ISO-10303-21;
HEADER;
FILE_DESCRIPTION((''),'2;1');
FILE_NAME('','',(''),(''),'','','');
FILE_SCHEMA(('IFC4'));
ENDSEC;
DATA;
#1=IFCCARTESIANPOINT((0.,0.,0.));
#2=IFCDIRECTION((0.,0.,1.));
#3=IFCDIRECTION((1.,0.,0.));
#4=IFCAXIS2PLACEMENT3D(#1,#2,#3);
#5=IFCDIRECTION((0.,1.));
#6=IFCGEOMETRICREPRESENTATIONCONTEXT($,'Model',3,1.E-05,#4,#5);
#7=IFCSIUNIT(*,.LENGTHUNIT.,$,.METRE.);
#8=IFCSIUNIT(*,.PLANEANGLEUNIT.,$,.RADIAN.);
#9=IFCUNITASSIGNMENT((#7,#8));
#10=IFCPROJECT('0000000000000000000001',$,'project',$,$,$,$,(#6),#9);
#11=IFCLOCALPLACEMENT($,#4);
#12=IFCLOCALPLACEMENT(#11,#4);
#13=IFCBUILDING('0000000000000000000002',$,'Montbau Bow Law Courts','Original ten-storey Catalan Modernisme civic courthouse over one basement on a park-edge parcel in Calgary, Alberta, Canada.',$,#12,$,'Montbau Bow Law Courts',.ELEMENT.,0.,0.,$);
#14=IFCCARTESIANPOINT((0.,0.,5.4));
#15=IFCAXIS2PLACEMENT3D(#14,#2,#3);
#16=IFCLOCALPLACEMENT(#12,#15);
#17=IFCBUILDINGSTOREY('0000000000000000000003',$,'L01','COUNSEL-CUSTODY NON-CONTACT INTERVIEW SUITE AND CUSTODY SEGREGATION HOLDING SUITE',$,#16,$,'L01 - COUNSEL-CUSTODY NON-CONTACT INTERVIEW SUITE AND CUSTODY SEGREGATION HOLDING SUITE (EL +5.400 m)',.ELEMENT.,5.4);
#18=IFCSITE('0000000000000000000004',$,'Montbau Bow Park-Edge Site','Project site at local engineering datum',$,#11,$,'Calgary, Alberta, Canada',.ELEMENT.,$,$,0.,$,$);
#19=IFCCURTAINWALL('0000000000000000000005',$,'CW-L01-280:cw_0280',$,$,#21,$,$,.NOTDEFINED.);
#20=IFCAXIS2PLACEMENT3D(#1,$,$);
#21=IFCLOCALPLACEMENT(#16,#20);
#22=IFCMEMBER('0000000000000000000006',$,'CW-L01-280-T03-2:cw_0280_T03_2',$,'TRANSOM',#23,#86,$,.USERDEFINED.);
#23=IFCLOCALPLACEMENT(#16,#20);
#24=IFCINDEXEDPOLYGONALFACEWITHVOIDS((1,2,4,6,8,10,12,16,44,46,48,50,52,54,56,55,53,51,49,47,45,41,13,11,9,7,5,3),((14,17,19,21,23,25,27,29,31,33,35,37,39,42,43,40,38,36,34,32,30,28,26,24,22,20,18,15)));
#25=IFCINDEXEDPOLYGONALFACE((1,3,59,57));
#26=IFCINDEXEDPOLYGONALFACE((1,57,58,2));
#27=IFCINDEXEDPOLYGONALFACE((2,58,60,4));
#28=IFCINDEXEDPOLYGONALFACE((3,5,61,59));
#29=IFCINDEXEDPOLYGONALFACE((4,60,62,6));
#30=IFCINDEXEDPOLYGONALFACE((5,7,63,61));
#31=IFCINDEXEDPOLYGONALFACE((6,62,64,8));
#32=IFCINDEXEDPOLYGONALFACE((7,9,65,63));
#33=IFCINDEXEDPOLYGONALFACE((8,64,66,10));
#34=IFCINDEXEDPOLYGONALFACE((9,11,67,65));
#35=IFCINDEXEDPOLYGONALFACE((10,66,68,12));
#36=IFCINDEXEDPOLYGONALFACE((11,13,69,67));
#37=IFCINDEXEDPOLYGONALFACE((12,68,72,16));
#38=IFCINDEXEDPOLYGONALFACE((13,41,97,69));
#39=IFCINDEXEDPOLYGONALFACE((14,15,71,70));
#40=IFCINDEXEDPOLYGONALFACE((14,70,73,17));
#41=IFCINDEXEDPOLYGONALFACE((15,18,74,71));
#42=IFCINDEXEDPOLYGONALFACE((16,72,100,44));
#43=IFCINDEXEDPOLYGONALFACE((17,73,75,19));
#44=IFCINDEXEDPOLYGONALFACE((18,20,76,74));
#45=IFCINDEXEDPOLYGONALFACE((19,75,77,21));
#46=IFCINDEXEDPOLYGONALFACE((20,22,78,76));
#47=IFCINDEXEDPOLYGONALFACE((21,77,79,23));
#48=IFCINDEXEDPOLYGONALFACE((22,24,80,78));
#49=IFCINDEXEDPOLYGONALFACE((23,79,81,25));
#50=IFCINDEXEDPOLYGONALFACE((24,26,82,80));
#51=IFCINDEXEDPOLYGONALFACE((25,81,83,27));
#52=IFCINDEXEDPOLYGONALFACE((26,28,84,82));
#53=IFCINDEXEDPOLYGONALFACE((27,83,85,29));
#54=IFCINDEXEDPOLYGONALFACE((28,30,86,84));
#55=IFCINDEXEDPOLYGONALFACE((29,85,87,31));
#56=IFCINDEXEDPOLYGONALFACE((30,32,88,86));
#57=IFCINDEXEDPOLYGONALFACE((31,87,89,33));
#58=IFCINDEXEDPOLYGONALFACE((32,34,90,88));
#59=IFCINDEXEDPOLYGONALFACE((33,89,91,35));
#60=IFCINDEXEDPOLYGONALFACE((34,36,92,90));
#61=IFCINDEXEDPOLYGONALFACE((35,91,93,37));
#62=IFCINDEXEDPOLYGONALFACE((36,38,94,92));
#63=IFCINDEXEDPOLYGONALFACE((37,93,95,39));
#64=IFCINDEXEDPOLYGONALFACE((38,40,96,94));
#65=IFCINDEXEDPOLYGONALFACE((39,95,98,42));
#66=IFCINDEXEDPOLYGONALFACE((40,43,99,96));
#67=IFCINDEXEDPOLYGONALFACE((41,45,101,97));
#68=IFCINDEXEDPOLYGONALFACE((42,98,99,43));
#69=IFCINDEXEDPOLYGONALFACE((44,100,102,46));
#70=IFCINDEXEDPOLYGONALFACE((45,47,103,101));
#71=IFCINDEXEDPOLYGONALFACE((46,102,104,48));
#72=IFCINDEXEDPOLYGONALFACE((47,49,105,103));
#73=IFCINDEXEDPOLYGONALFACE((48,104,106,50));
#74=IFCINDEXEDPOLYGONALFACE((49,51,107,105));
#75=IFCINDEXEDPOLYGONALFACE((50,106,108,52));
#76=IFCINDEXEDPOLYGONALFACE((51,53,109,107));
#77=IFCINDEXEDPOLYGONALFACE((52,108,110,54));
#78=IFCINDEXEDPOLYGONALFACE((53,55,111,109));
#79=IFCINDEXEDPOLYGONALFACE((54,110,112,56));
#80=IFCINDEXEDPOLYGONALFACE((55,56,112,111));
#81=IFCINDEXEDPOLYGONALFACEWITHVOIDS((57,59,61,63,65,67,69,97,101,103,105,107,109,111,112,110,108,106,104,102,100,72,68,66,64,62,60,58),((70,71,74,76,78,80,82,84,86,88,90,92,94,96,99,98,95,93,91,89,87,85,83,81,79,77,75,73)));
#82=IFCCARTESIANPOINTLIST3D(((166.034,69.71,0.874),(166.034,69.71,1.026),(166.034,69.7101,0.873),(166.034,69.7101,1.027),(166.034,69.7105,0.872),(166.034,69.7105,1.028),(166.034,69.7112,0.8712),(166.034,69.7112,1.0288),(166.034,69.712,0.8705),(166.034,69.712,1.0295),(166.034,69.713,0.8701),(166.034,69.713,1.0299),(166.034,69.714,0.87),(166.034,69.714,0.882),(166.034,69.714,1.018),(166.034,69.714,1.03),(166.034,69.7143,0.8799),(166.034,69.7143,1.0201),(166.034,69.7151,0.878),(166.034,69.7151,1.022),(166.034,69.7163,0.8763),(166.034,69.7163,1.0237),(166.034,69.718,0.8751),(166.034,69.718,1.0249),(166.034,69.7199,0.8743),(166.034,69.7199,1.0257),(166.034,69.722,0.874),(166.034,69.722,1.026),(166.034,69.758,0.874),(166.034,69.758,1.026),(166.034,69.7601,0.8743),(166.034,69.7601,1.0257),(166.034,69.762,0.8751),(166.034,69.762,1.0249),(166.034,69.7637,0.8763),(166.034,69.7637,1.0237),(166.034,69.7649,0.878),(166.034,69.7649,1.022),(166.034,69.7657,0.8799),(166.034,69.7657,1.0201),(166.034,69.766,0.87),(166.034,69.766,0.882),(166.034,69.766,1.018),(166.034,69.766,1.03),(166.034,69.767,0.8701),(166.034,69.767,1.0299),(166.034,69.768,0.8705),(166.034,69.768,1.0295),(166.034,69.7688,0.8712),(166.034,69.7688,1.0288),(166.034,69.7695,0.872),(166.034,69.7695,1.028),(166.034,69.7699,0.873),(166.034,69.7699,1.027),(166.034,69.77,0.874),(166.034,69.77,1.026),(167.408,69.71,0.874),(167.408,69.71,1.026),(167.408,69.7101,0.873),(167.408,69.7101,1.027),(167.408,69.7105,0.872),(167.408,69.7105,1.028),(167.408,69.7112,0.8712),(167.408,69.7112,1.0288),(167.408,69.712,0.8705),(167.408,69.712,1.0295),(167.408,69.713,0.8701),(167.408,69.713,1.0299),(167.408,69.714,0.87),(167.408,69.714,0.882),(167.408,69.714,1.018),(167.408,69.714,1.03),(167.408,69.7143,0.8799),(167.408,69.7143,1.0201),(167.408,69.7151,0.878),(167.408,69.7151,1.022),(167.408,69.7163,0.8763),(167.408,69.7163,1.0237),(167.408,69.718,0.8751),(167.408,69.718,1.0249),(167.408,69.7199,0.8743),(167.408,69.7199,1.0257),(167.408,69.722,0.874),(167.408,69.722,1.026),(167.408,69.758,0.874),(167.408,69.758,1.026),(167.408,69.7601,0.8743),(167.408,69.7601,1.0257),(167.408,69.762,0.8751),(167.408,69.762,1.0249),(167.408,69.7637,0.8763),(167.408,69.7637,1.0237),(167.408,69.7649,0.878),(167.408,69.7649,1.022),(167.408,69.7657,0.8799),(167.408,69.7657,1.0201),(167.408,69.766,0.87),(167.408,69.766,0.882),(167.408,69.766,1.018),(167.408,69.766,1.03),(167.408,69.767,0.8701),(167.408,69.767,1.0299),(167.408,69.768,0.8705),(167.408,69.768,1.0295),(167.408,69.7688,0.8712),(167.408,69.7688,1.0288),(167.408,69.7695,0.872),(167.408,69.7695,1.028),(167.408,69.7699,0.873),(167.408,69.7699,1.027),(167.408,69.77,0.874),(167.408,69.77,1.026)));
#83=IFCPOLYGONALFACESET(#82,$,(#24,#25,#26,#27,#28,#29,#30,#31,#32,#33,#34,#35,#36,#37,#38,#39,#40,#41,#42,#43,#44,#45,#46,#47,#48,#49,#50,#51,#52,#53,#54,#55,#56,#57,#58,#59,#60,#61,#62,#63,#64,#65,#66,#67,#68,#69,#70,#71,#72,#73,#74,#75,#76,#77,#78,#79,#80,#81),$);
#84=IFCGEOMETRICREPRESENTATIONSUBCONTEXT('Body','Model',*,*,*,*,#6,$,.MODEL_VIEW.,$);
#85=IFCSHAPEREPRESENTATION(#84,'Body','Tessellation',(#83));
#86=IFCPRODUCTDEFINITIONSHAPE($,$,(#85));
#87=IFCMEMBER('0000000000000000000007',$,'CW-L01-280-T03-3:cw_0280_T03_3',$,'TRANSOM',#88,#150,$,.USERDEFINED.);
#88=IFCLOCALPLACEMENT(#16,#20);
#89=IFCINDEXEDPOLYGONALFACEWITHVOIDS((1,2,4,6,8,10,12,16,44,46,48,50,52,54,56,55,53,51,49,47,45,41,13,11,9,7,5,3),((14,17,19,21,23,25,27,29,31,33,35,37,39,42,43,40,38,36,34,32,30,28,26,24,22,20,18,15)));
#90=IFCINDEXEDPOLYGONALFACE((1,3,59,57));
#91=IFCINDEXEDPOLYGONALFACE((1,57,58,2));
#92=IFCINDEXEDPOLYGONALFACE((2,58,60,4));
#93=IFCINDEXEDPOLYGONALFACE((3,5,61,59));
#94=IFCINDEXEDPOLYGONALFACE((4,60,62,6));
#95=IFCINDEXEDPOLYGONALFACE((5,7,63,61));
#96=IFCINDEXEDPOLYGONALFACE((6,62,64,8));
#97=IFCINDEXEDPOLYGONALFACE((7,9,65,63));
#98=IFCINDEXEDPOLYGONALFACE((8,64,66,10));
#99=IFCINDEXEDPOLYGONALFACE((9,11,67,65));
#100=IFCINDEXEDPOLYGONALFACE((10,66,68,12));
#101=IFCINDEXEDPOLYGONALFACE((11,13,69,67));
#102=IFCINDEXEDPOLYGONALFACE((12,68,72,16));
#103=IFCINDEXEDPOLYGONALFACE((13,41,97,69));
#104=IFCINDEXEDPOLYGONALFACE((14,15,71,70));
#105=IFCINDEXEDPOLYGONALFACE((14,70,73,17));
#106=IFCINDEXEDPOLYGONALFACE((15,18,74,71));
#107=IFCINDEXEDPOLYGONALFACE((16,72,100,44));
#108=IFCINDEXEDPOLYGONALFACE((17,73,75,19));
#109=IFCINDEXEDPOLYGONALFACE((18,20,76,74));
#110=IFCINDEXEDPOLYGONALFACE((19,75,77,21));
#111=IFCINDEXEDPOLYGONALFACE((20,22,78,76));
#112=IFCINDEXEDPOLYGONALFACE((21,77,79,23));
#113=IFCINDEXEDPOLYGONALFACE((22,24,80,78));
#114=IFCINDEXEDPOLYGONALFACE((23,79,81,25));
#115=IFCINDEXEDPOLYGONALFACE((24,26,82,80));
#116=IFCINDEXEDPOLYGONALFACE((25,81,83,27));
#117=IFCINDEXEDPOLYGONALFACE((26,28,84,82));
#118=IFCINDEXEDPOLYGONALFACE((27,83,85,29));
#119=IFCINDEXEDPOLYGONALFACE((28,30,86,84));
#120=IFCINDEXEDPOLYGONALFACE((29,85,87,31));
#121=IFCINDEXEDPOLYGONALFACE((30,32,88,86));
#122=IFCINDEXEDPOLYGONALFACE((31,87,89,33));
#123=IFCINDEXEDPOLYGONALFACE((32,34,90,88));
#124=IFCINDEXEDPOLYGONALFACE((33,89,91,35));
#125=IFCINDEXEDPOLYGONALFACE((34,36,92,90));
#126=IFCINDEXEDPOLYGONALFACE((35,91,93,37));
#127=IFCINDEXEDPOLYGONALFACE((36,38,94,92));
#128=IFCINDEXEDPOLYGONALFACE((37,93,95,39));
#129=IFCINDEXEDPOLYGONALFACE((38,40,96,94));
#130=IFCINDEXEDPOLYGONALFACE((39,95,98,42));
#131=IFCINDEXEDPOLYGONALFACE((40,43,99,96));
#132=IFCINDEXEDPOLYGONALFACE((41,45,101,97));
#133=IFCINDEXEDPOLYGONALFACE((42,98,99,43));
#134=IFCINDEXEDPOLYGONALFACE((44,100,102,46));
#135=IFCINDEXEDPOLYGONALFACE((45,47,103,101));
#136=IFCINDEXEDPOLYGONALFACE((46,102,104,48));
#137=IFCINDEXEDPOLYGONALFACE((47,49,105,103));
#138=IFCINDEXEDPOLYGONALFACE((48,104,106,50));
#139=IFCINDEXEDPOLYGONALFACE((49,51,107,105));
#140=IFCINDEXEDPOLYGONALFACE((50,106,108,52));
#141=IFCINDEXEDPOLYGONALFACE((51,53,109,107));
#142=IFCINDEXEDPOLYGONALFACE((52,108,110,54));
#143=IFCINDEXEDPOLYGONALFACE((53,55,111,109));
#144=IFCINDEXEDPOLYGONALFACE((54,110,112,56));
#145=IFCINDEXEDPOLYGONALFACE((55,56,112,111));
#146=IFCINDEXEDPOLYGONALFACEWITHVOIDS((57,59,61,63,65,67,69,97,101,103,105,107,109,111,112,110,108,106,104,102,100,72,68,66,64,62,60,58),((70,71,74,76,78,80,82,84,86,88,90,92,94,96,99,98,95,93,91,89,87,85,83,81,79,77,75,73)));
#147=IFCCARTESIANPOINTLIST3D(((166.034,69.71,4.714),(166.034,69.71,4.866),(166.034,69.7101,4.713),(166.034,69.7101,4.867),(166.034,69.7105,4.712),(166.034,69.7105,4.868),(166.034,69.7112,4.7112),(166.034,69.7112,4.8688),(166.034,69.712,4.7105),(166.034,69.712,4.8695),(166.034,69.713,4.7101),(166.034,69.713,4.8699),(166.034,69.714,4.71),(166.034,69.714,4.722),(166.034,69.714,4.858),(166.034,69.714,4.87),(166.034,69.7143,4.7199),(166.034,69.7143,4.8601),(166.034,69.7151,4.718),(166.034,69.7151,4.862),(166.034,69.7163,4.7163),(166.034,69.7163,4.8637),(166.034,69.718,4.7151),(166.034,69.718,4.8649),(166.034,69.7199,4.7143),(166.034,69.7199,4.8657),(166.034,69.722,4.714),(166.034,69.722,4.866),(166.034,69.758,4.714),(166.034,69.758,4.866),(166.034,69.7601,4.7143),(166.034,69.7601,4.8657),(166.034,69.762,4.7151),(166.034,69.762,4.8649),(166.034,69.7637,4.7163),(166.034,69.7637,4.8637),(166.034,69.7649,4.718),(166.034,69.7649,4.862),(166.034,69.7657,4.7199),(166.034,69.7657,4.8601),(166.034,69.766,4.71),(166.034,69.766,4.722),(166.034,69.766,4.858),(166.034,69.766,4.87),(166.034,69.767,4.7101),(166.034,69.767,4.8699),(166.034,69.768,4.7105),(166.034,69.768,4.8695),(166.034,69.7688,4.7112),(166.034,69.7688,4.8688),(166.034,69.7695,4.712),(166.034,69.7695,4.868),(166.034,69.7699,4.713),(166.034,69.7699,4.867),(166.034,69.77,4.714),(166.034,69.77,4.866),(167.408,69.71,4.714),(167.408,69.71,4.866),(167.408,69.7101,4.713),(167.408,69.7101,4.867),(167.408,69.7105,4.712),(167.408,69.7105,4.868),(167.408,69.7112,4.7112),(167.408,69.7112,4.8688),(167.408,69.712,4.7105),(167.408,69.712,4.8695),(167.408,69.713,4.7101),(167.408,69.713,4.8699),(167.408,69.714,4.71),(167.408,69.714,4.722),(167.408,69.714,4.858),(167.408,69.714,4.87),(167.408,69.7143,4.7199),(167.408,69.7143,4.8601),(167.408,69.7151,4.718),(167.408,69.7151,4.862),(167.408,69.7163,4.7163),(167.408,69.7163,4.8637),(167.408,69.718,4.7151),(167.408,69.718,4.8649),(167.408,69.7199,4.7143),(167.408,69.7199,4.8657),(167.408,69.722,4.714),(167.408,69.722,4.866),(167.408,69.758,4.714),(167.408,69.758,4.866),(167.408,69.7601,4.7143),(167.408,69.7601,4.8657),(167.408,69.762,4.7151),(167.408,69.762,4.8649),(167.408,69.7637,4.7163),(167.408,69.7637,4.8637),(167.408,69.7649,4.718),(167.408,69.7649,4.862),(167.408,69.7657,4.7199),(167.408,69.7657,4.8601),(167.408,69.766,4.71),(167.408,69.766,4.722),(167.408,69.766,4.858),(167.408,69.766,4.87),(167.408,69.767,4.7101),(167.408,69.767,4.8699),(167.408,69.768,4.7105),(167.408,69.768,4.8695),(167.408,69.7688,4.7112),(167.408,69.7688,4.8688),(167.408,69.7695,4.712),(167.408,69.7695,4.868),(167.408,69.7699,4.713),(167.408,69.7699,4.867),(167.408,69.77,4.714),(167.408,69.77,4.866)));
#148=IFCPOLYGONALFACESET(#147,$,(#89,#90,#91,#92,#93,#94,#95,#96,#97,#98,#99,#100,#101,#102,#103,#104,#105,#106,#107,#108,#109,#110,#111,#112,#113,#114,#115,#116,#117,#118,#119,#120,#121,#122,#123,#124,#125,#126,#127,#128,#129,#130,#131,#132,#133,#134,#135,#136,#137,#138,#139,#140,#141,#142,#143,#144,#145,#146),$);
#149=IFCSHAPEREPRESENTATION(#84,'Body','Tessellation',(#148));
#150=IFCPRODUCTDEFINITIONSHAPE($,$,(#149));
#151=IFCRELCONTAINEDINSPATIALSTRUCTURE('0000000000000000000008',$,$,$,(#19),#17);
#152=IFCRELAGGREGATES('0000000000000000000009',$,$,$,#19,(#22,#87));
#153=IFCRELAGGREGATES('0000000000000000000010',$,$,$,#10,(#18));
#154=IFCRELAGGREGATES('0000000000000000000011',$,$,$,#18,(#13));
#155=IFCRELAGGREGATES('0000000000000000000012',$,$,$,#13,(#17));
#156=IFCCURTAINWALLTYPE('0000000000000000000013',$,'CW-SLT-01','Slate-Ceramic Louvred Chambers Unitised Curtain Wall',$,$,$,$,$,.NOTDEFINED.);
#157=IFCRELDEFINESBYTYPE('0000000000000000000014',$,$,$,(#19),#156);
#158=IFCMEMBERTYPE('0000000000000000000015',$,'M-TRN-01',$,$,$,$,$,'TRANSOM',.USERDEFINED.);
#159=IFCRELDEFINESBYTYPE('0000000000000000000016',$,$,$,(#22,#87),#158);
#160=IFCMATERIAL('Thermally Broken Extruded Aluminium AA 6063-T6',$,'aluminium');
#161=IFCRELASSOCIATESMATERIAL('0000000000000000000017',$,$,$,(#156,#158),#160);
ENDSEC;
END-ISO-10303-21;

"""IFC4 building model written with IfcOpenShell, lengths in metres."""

from ifc_helpers import new_model, si_unit, direction, frame, origin_with_axes, origin_2d_with_axis, place, context, subcontext, project, spatial, hollow_rectangle, extrude, material, material_profile, profile_set, type_object, element, aggregate, save


model = new_model("IFC4")

# Units and contexts
model_context = context("Model", 3, precision=1e-05, world=origin_with_axes(), true_north=direction((0.0, 1.0)))
body_context = subcontext(model_context, "Body", "Model", "MODEL_VIEW")
ifc_project = project(units=[si_unit("LENGTHUNIT", "METRE"), si_unit("PLANEANGLEUNIT", "RADIAN")], contexts=[model_context])

# Site, building, storey
site_placement = place(None, origin_with_axes())
site = spatial("IfcSite", under=ifc_project, at=site_placement, Name="Montbau Bow Park-Edge Site", Description="Project site at local engineering datum", LongName="Calgary, Alberta, Canada", CompositionType="ELEMENT", RefElevation=0.0)
building_placement = place(site_placement, origin_with_axes())
building = spatial("IfcBuilding", under=site, at=building_placement, Name="Montbau Bow Law Courts", Description="Original ten-storey Catalan Modernisme civic courthouse over one basement on a park-edge parcel in Calgary, Alberta, Canada.", LongName="Montbau Bow Law Courts", CompositionType="ELEMENT", ElevationOfRefHeight=0.0, ElevationOfTerrain=0.0)
storey_placement = place(building_placement, frame((0.0, 0.0, 5.4), z_axis=(0.0, 0.0, 1.0), x_axis=(1.0, 0.0, 0.0)))
storey = spatial("IfcBuildingStorey", under=building, at=storey_placement, Name="L01", Description="COUNSEL-CUSTODY NON-CONTACT INTERVIEW SUITE AND CUSTODY SEGREGATION HOLDING SUITE", LongName="L01 - COUNSEL-CUSTODY NON-CONTACT INTERVIEW SUITE AND CUSTODY SEGREGATION HOLDING SUITE (EL +5.400 m)", CompositionType="ELEMENT", Elevation=5.4)

# Curtain wall, members
ifc_material_1 = material(Name="Thermally Broken Extruded Aluminium AA 6063-T6", Category="aluminium")
curtain_wall_type = type_object("IfcCurtainWallType", Name="CW-SLT-01", Description="Slate-Ceramic Louvred Chambers Unitised Curtain Wall", PredefinedType="NOTDEFINED", material=ifc_material_1)
curtain_wall_placement = place(None, frame((163.115, 69.74, 5.4), z_axis=(0.0, 0.0, 1.0), x_axis=(1.0, 0.0, 0.0)))
curtain_wall = element("IfcCurtainWall", 1, at=curtain_wall_placement, inside=storey, type_object=curtain_wall_type, Name="CW-L01-280:cw_0280", PredefinedType="NOTDEFINED")
ifc_material_profile_1 = material_profile(ifc_material_1, hollow_rectangle(XDim=0.06, YDim=0.16, WallThickness=0.004, InnerFilletRadius=0.008, OuterFilletRadius=0.004, at=origin_2d_with_axis()), Name="CWT-160X60", Category="Main", Priority=0)
ifc_profile_set_1 = profile_set([ifc_material_profile_1], Name="Thermally Broken Extruded Aluminium AA 6063-T6")
member_type_1 = type_object("IfcMemberType", Name="M-TRN-01", ElementType="TRANSOM", PredefinedType="USERDEFINED", material=ifc_profile_set_1)
member_1_placement = place(None, frame((166.034, 69.74, 6.35), z_axis=(1.0, 0.0, 0.0), x_axis=(0.0, 1.0, 0.0)))
member_1 = element("IfcMember", 2, at=member_1_placement, type_object=member_type_1, Name="CW-L01-280-T03-2:cw_0280_T03_2", ObjectType="TRANSOM", PredefinedType="USERDEFINED", context=body_context, shape_type="SweptSolid", body=[
    extrude(hollow_rectangle(XDim=0.06, YDim=0.16, WallThickness=0.004, InnerFilletRadius=0.008, OuterFilletRadius=0.004, at=origin_2d_with_axis()), origin_with_axes(), (0.0, 0.0, 1.0), 1.374),
])
member_2_placement = place(None, frame((166.034, 69.74, 10.19), z_axis=(1.0, 0.0, 0.0), x_axis=(0.0, 1.0, 0.0)))
member_2 = element("IfcMember", 3, at=member_2_placement, type_object=member_type_1, Name="CW-L01-280-T03-3:cw_0280_T03_3", ObjectType="TRANSOM", PredefinedType="USERDEFINED", context=body_context, shape_type="SweptSolid", body=[
    extrude(hollow_rectangle(XDim=0.06, YDim=0.16, WallThickness=0.004, InnerFilletRadius=0.008, OuterFilletRadius=0.004, at=origin_2d_with_axis()), origin_with_axes(), (0.0, 0.0, 1.0), 1.374),
])
aggregate(curtain_wall, [member_1, member_2])

save(model, "model.ifc")
